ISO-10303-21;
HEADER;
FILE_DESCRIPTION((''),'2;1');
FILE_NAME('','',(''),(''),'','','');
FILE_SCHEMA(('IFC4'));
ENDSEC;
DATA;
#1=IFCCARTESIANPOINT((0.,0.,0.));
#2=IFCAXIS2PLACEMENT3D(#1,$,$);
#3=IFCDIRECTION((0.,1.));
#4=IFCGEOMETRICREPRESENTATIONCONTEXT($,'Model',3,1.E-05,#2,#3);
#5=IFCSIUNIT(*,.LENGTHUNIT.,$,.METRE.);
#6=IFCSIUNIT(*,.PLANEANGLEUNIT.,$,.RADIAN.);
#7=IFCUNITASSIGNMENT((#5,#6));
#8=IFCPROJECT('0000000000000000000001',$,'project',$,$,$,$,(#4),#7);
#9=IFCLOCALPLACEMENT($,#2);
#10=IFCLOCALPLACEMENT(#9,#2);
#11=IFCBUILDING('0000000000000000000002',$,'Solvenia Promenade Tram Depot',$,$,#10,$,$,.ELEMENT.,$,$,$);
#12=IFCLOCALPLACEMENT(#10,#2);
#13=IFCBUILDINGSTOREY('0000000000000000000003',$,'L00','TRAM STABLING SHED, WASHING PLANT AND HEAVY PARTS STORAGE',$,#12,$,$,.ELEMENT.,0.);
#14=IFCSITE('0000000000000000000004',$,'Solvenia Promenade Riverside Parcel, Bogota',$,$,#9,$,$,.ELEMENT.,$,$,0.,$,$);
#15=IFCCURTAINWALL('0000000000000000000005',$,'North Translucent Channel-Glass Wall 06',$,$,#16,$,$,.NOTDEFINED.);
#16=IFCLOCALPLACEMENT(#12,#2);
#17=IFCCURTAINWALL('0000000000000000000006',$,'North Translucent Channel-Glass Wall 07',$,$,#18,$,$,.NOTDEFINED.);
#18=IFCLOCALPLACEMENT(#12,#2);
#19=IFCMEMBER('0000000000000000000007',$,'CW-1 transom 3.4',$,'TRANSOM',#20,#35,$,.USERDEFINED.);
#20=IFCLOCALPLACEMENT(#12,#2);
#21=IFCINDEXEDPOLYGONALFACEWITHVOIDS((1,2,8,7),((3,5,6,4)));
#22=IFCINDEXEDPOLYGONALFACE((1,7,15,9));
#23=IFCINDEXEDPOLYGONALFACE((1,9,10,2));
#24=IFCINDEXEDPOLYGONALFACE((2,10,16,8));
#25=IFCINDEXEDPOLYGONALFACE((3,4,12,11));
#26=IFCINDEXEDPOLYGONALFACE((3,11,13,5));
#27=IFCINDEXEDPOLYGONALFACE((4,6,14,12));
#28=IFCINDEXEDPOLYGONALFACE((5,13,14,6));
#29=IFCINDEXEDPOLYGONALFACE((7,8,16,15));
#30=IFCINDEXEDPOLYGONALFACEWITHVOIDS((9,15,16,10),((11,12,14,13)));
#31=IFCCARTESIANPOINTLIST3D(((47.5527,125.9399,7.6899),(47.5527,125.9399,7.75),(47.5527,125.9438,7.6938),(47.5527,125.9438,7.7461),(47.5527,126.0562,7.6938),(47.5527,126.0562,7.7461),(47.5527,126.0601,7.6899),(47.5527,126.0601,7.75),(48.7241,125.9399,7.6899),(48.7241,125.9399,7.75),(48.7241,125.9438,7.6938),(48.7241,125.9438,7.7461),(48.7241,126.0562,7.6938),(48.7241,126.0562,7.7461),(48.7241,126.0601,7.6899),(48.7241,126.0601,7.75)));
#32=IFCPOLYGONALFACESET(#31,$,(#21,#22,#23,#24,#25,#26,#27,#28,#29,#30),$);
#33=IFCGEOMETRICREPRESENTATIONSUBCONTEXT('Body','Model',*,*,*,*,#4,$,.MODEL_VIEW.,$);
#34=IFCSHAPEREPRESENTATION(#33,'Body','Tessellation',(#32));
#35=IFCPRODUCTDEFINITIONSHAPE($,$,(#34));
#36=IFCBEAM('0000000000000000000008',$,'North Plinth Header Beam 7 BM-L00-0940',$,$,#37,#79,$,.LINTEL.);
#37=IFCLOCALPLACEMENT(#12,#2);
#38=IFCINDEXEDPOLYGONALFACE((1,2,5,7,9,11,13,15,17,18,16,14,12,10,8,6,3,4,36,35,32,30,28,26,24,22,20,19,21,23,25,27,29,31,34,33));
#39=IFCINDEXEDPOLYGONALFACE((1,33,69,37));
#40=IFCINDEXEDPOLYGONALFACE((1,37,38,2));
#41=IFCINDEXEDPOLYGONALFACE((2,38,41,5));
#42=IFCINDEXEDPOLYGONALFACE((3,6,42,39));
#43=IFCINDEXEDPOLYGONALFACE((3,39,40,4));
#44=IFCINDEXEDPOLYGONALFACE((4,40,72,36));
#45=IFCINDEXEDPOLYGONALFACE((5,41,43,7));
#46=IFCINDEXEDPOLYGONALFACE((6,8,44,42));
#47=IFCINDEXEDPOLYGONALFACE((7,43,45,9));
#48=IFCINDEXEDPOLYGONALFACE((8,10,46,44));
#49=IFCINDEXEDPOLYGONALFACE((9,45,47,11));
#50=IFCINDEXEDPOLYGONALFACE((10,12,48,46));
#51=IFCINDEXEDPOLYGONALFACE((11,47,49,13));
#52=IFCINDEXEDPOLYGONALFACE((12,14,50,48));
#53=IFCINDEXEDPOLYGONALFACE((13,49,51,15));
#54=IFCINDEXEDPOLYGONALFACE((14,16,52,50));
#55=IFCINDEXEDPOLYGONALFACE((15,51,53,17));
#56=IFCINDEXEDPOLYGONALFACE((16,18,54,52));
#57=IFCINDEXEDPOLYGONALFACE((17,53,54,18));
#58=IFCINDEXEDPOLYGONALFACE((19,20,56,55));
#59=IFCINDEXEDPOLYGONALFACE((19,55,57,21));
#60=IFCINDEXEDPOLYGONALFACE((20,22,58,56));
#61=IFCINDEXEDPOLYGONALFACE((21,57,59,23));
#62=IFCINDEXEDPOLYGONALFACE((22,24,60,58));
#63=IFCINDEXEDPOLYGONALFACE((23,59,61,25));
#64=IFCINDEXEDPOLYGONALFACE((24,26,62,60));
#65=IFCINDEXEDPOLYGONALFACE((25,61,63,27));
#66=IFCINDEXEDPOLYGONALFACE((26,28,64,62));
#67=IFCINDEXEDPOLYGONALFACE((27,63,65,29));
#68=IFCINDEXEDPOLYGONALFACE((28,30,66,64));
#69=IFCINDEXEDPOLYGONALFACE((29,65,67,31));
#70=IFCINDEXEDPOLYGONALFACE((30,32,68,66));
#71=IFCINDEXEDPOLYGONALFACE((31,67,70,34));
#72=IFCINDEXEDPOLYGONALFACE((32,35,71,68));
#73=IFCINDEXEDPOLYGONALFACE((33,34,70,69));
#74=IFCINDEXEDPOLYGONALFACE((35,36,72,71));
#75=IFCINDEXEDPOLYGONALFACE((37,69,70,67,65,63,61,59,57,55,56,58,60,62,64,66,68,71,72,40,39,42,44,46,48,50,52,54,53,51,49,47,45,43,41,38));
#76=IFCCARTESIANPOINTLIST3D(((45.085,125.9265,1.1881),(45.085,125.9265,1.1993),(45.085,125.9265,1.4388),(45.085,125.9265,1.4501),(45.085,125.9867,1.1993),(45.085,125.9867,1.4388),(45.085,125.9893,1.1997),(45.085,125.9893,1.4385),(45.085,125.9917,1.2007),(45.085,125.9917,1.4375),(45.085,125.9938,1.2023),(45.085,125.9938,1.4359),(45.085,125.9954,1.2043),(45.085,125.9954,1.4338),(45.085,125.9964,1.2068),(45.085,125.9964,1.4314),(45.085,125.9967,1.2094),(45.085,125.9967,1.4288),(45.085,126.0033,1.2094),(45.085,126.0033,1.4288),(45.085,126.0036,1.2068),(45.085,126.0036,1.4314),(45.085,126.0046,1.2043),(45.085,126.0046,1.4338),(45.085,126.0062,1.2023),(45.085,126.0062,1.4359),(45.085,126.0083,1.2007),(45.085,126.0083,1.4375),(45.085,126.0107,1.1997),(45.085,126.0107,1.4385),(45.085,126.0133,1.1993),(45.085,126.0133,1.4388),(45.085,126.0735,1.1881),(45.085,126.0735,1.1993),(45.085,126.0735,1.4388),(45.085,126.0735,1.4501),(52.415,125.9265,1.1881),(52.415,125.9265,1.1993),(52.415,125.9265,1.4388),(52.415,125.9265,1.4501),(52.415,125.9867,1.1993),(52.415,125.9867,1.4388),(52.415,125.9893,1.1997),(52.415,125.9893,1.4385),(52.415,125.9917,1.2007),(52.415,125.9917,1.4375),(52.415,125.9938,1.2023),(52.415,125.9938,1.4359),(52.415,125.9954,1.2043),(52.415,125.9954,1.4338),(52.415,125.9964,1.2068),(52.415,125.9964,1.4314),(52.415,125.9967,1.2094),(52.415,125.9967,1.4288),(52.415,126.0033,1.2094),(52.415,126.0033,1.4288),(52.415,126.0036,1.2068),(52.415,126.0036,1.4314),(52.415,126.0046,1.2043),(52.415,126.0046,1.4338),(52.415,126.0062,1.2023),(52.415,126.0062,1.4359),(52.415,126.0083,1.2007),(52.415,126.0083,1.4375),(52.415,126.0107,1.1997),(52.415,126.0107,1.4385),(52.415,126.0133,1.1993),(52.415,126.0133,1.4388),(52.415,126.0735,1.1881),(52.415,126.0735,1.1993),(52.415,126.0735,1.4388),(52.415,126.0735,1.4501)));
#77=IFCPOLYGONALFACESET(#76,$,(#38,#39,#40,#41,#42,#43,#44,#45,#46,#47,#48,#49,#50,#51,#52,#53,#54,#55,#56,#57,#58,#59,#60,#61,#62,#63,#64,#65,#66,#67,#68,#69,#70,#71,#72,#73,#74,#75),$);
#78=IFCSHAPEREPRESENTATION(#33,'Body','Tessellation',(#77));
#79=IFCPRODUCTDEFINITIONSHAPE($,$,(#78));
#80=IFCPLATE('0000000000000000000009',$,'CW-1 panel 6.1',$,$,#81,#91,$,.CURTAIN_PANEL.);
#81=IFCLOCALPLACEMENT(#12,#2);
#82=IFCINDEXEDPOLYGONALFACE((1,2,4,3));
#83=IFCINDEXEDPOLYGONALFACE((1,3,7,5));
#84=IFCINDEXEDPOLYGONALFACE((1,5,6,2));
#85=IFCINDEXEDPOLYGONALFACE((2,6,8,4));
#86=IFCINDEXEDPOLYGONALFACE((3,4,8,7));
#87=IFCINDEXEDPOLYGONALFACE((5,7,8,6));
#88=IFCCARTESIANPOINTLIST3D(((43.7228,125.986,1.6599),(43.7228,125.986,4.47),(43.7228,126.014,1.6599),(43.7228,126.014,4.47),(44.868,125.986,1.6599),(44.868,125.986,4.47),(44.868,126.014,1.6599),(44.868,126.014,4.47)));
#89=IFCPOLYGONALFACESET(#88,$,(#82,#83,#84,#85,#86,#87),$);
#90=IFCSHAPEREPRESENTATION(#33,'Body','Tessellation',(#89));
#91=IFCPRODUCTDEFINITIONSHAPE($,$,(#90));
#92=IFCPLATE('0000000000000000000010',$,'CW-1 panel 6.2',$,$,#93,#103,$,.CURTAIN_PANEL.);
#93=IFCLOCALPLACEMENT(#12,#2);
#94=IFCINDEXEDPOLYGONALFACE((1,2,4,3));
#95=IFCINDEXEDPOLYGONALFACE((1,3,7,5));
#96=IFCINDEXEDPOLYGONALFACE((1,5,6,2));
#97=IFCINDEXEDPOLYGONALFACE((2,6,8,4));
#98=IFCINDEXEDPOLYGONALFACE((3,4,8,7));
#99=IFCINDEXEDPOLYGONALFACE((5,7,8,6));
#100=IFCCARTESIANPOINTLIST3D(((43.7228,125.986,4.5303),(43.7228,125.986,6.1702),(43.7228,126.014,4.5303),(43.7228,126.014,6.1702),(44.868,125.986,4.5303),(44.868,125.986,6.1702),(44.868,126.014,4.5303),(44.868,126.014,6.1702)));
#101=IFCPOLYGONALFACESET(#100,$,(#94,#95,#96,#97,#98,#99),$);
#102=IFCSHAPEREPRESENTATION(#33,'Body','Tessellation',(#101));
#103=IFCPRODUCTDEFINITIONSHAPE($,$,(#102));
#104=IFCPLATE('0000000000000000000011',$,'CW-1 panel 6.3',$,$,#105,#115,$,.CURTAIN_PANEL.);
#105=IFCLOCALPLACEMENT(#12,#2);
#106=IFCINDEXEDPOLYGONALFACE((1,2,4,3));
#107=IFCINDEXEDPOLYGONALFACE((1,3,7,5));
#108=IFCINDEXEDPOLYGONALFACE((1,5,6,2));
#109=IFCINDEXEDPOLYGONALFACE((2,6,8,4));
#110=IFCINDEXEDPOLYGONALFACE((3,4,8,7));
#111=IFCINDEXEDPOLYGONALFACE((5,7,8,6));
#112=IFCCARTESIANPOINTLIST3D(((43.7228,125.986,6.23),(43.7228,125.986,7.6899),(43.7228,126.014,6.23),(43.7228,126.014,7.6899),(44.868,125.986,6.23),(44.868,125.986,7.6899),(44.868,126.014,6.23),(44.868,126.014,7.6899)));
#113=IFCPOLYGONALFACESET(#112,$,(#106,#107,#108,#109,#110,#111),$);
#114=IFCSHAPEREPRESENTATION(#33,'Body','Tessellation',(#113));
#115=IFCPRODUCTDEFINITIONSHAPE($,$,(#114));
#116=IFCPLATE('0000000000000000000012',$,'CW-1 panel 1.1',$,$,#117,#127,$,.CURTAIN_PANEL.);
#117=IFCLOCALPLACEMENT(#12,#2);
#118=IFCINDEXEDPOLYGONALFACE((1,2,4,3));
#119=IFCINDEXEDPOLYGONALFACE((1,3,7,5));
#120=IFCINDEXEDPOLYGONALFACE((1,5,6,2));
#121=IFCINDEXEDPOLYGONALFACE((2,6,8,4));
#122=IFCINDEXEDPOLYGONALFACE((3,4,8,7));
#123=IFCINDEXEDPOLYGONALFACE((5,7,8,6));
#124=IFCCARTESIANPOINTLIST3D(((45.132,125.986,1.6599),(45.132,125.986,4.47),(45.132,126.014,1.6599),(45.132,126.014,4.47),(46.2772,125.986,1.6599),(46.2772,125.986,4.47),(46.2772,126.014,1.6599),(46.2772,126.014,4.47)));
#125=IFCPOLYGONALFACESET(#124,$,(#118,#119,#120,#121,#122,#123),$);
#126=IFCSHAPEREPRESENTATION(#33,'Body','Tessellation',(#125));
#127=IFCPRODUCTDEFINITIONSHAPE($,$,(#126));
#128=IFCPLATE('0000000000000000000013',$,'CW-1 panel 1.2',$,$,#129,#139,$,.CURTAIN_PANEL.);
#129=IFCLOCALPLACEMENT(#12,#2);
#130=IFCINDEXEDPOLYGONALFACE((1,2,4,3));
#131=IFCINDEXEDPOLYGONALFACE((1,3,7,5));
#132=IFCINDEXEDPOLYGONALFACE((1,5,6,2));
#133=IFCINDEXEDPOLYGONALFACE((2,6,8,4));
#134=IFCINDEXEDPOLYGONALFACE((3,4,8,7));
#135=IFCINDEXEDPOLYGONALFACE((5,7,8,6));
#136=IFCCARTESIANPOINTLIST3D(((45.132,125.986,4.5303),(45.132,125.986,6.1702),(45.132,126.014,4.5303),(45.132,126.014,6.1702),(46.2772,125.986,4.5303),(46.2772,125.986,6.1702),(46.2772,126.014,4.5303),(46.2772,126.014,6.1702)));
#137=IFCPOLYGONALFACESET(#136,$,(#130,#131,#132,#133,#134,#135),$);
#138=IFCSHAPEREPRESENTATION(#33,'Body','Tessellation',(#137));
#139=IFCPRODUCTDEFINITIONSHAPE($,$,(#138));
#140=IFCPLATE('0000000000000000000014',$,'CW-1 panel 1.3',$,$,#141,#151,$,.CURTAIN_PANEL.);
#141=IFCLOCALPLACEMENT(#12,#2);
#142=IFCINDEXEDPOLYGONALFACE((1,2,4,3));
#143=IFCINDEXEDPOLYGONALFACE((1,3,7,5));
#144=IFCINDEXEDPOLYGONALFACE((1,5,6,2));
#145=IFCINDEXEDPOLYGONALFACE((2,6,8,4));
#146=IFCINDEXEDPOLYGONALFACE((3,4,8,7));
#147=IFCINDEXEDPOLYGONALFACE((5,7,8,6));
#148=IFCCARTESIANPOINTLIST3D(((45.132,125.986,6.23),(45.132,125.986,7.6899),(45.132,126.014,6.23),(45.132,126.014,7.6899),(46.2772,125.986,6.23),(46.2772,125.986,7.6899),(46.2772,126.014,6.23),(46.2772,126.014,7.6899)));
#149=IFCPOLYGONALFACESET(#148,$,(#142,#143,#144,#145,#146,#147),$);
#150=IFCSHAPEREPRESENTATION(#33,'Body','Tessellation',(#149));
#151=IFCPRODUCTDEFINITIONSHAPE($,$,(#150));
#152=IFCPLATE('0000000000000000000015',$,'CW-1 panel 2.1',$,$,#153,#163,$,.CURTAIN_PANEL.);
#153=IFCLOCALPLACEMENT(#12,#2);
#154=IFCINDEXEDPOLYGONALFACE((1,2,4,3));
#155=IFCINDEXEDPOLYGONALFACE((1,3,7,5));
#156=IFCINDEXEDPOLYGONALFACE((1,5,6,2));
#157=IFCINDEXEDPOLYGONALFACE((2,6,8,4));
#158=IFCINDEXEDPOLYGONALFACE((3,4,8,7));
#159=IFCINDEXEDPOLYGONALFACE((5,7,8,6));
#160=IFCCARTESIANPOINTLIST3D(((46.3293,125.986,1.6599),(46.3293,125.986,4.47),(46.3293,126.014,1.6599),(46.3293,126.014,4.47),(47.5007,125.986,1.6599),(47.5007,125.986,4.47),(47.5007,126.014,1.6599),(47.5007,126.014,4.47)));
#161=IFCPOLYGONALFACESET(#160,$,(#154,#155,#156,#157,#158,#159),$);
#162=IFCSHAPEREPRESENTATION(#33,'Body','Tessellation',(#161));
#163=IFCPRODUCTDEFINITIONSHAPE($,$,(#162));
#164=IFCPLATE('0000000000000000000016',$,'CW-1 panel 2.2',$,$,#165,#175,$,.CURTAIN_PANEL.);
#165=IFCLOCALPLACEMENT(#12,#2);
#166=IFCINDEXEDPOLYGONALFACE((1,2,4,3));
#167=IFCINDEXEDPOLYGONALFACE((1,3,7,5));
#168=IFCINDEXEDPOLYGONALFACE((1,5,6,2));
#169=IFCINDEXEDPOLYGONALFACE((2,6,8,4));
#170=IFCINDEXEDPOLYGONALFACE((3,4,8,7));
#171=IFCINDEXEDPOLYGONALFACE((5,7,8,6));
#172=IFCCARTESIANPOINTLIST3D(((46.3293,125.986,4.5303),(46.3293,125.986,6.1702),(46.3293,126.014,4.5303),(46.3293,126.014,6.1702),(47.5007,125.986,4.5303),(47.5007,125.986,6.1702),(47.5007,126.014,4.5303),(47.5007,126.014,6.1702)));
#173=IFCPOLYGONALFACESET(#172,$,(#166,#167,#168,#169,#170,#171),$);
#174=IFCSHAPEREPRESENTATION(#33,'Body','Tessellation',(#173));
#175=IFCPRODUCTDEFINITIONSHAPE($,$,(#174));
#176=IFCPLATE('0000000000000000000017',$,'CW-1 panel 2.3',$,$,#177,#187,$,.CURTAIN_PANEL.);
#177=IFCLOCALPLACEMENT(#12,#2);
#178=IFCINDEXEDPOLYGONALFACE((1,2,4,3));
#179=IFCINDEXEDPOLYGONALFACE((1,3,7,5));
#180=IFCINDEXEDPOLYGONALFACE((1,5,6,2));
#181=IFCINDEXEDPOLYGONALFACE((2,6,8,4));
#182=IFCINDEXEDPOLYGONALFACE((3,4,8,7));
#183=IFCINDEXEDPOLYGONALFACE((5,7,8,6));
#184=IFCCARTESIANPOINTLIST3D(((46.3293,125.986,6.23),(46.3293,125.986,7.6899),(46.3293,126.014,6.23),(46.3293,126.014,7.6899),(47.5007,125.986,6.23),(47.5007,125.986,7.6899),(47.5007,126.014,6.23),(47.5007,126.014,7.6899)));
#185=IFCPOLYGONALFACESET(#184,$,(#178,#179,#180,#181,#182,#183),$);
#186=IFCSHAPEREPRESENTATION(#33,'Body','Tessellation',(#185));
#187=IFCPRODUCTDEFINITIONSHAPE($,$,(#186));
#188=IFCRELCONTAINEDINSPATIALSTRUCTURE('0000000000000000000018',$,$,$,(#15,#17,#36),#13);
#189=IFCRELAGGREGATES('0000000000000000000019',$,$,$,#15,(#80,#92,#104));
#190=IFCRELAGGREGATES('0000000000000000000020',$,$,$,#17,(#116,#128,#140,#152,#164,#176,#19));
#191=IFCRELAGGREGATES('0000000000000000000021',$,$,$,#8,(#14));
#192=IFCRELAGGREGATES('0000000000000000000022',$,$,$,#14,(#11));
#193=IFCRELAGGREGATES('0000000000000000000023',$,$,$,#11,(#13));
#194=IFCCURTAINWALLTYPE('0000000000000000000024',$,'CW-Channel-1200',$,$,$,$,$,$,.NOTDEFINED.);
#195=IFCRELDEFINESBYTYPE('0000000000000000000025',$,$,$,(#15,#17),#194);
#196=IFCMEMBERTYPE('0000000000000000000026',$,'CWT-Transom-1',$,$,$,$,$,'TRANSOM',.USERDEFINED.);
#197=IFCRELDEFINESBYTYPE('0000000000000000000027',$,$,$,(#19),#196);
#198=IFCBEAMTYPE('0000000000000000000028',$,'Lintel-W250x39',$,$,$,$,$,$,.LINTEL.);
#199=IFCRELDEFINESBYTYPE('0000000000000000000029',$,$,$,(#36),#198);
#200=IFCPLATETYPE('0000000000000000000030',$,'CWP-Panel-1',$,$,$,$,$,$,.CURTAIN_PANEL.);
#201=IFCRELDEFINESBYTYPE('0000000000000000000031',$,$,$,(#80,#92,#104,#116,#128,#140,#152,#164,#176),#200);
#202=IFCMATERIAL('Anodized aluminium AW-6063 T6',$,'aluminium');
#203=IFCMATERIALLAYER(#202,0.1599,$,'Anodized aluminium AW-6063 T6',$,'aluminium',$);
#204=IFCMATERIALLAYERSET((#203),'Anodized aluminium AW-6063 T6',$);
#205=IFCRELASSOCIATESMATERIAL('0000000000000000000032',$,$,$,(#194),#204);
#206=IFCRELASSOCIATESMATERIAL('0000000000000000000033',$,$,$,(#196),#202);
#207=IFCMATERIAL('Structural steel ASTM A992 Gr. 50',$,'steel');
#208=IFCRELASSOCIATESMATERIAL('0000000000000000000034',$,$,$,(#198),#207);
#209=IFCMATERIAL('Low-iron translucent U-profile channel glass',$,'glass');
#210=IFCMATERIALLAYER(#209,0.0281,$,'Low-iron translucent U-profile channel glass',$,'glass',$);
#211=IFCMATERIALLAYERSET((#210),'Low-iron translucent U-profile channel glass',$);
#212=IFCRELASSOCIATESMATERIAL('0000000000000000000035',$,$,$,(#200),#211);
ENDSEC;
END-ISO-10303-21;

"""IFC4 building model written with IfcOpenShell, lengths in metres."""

from ifc_helpers import new_model, si_unit, direction, frame, origin, origin_2d, place, context, subcontext, project, spatial, rectangle, hollow_rectangle, i_section, extrude, material, layer, layer_set, material_profile, profile_set, type_object, element, aggregate, save


model = new_model("IFC4")

# Units and contexts
model_context = context("Model", 3, precision=1e-05, world=origin(), true_north=direction((0.0, 1.0)))
body_context = subcontext(model_context, "Body", "Model", "MODEL_VIEW")
ifc_project = project(units=[si_unit("LENGTHUNIT", "METRE"), si_unit("PLANEANGLEUNIT", "RADIAN")], contexts=[model_context])

# Site, building, storey
site_placement = place(None, origin())
site = spatial("IfcSite", under=ifc_project, at=site_placement, Name="Solvenia Promenade Riverside Parcel, Bogota", CompositionType="ELEMENT", RefElevation=0.0)
building_placement = place(site_placement, origin())
building = spatial("IfcBuilding", under=site, at=building_placement, Name="Solvenia Promenade Tram Depot", CompositionType="ELEMENT")
storey_placement = place(building_placement, origin())
storey = spatial("IfcBuildingStorey", under=building, at=storey_placement, Name="L00", Description="TRAM STABLING SHED, WASHING PLANT AND HEAVY PARTS STORAGE", CompositionType="ELEMENT", Elevation=0.0)

# Shared definitions
ifc_material_1 = material(Name="Structural steel ASTM A992 Gr. 50", Category="steel")

# Curtain wall
ifc_material_2 = material(Name="Anodized aluminium AW-6063 T6", Category="aluminium")
ifc_layer_1 = layer(ifc_material_2, 0.1599, Name="Anodized aluminium AW-6063 T6", Category="aluminium")
ifc_layer_set_1 = layer_set([ifc_layer_1], Name="Anodized aluminium AW-6063 T6")
curtain_wall_type = type_object("IfcCurtainWallType", Name="CW-Channel-1200", PredefinedType="NOTDEFINED", material=ifc_layer_set_1)
curtain_wall_1_placement = place(storey_placement, origin())
curtain_wall_1 = element("IfcCurtainWall", 1, at=curtain_wall_1_placement, inside=storey, type_object=curtain_wall_type, Name="North Translucent Channel-Glass Wall 06", PredefinedType="NOTDEFINED")

# Curtain wall
curtain_wall_2_placement = place(storey_placement, origin())
curtain_wall_2 = element("IfcCurtainWall", 2, at=curtain_wall_2_placement, inside=storey, type_object=curtain_wall_type, Name="North Translucent Channel-Glass Wall 07", PredefinedType="NOTDEFINED")

# Member
ifc_material_profile_1 = material_profile(ifc_material_2, hollow_rectangle(XDim=0.1201, YDim=0.0601, WallThickness=0.0039, at=origin_2d()), Name="ALU-T1", Category="aluminium")
ifc_profile_set_1 = profile_set([ifc_material_profile_1], Name="Anodized aluminium AW-6063 T6")
member_type_1 = type_object("IfcMemberType", Name="CWT-Transom-1", ElementType="TRANSOM", PredefinedType="USERDEFINED", material=ifc_profile_set_1)
member_1_placement = place(storey_placement, frame((47.5527, 126.0, 7.72), z_axis=(1.0, 0.0, 0.0), x_axis=(0.0, 1.0, 0.0)))
member_1 = element("IfcMember", 3, at=member_1_placement, type_object=member_type_1, Name="CW-1 transom 3.4", ObjectType="TRANSOM", PredefinedType="USERDEFINED", context=body_context, shape_type="SweptSolid", body=[
    extrude(hollow_rectangle(XDim=0.1201, YDim=0.0601, WallThickness=0.0039, at=origin_2d()), origin(), (0.0, 0.0, 1.0), 1.1714),
])

# Beam
ifc_material_profile_2 = material_profile(ifc_material_1, i_section(OverallWidth=0.147, OverallDepth=0.262, WebThickness=0.0066, FlangeThickness=0.0112, FilletRadius=0.01, at=origin_2d()), Name="W250x39", Category="steel")
ifc_profile_set_2 = profile_set([ifc_material_profile_2], Name="Structural steel ASTM A992 Gr. 50")
beam_type = type_object("IfcBeamType", Name="Lintel-W250x39", PredefinedType="LINTEL", material=ifc_profile_set_2)
beam_placement = place(storey_placement, frame((45.085, 126.0, 1.3191), z_axis=(1.0, 0.0, 0.0), x_axis=(0.0, 1.0, 0.0)))
element("IfcBeam", 4, at=beam_placement, inside=storey, type_object=beam_type, Name="North Plinth Header Beam 7 BM-L00-0940", PredefinedType="LINTEL", context=body_context, shape_type="SweptSolid", body=[
    extrude(i_section(OverallWidth=0.147, OverallDepth=0.262, WebThickness=0.0066, FlangeThickness=0.0112, FilletRadius=0.01, at=origin_2d()), origin(), (0.0, 0.0, 1.0), 7.3301),
])

# Plates
ifc_material_3 = material(Name="Low-iron translucent U-profile channel glass", Category="glass")
ifc_layer_2 = layer(ifc_material_3, 0.0281, Name="Low-iron translucent U-profile channel glass", Category="glass")
ifc_layer_set_2 = layer_set([ifc_layer_2], Name="Low-iron translucent U-profile channel glass")
plate_type = type_object("IfcPlateType", Name="CWP-Panel-1", PredefinedType="CURTAIN_PANEL", material=ifc_layer_set_2)
plate_1_placement = place(storey_placement, frame((44.2954, 126.0, 1.6599), z_axis=(0.0, 0.0, 1.0), x_axis=(1.0, 0.0, 0.0)))
plate_1 = element("IfcPlate", 5, at=plate_1_placement, type_object=plate_type, Name="CW-1 panel 6.1", PredefinedType="CURTAIN_PANEL", context=body_context, shape_type="SweptSolid", body=[
    extrude(rectangle(XDim=1.1453, YDim=0.0281, at=origin_2d()), origin(), (0.0, 0.0, 1.0), 2.8101),
])
plate_2_placement = place(storey_placement, frame((44.2954, 126.0, 4.5303), z_axis=(0.0, 0.0, 1.0), x_axis=(1.0, 0.0, 0.0)))
plate_2 = element("IfcPlate", 6, at=plate_2_placement, type_object=plate_type, Name="CW-1 panel 6.2", PredefinedType="CURTAIN_PANEL", context=body_context, shape_type="SweptSolid", body=[
    extrude(rectangle(XDim=1.1453, YDim=0.0281, at=origin_2d()), origin(), (0.0, 0.0, 1.0), 1.6399),
])
plate_3_placement = place(storey_placement, frame((44.2954, 126.0, 6.23), z_axis=(0.0, 0.0, 1.0), x_axis=(1.0, 0.0, 0.0)))
plate_3 = element("IfcPlate", 7, at=plate_3_placement, type_object=plate_type, Name="CW-1 panel 6.3", PredefinedType="CURTAIN_PANEL", context=body_context, shape_type="SweptSolid", body=[
    extrude(rectangle(XDim=1.1453, YDim=0.0281, at=origin_2d()), origin(), (0.0, 0.0, 1.0), 1.46),
])
aggregate(curtain_wall_1, [plate_1, plate_2, plate_3])
plate_4_placement = place(storey_placement, frame((45.7046, 126.0, 1.6599), z_axis=(0.0, 0.0, 1.0), x_axis=(1.0, 0.0, 0.0)))
plate_4 = element("IfcPlate", 8, at=plate_4_placement, type_object=plate_type, Name="CW-1 panel 1.1", PredefinedType="CURTAIN_PANEL", context=body_context, shape_type="SweptSolid", body=[
    extrude(rectangle(XDim=1.1453, YDim=0.0281, at=origin_2d()), origin(), (0.0, 0.0, 1.0), 2.8101),
])
plate_5_placement = place(storey_placement, frame((45.7046, 126.0, 4.5303), z_axis=(0.0, 0.0, 1.0), x_axis=(1.0, 0.0, 0.0)))
plate_5 = element("IfcPlate", 9, at=plate_5_placement, type_object=plate_type, Name="CW-1 panel 1.2", PredefinedType="CURTAIN_PANEL", context=body_context, shape_type="SweptSolid", body=[
    extrude(rectangle(XDim=1.1453, YDim=0.0281, at=origin_2d()), origin(), (0.0, 0.0, 1.0), 1.6399),
])
plate_6_placement = place(storey_placement, frame((45.7046, 126.0, 6.23), z_axis=(0.0, 0.0, 1.0), x_axis=(1.0, 0.0, 0.0)))
plate_6 = element("IfcPlate", 10, at=plate_6_placement, type_object=plate_type, Name="CW-1 panel 1.3", PredefinedType="CURTAIN_PANEL", context=body_context, shape_type="SweptSolid", body=[
    extrude(rectangle(XDim=1.1453, YDim=0.0281, at=origin_2d()), origin(), (0.0, 0.0, 1.0), 1.46),
])
plate_7_placement = place(storey_placement, frame((46.915, 126.0, 1.6599), z_axis=(0.0, 0.0, 1.0), x_axis=(1.0, 0.0, 0.0)))
plate_7 = element("IfcPlate", 11, at=plate_7_placement, type_object=plate_type, Name="CW-1 panel 2.1", PredefinedType="CURTAIN_PANEL", context=body_context, shape_type="SweptSolid", body=[
    extrude(rectangle(XDim=1.1714, YDim=0.0281, at=origin_2d()), origin(), (0.0, 0.0, 1.0), 2.8101),
])
plate_8_placement = place(storey_placement, frame((46.915, 126.0, 4.5303), z_axis=(0.0, 0.0, 1.0), x_axis=(1.0, 0.0, 0.0)))
plate_8 = element("IfcPlate", 12, at=plate_8_placement, type_object=plate_type, Name="CW-1 panel 2.2", PredefinedType="CURTAIN_PANEL", context=body_context, shape_type="SweptSolid", body=[
    extrude(rectangle(XDim=1.1714, YDim=0.0281, at=origin_2d()), origin(), (0.0, 0.0, 1.0), 1.6399),
])
plate_9_placement = place(storey_placement, frame((46.915, 126.0, 6.23), z_axis=(0.0, 0.0, 1.0), x_axis=(1.0, 0.0, 0.0)))
plate_9 = element("IfcPlate", 13, at=plate_9_placement, type_object=plate_type, Name="CW-1 panel 2.3", PredefinedType="CURTAIN_PANEL", context=body_context, shape_type="SweptSolid", body=[
    extrude(rectangle(XDim=1.1714, YDim=0.0281, at=origin_2d()), origin(), (0.0, 0.0, 1.0), 1.46),
])
aggregate(curtain_wall_2, [plate_4, plate_5, plate_6, plate_7, plate_8, plate_9, member_1])

save(model, "model.ifc")
